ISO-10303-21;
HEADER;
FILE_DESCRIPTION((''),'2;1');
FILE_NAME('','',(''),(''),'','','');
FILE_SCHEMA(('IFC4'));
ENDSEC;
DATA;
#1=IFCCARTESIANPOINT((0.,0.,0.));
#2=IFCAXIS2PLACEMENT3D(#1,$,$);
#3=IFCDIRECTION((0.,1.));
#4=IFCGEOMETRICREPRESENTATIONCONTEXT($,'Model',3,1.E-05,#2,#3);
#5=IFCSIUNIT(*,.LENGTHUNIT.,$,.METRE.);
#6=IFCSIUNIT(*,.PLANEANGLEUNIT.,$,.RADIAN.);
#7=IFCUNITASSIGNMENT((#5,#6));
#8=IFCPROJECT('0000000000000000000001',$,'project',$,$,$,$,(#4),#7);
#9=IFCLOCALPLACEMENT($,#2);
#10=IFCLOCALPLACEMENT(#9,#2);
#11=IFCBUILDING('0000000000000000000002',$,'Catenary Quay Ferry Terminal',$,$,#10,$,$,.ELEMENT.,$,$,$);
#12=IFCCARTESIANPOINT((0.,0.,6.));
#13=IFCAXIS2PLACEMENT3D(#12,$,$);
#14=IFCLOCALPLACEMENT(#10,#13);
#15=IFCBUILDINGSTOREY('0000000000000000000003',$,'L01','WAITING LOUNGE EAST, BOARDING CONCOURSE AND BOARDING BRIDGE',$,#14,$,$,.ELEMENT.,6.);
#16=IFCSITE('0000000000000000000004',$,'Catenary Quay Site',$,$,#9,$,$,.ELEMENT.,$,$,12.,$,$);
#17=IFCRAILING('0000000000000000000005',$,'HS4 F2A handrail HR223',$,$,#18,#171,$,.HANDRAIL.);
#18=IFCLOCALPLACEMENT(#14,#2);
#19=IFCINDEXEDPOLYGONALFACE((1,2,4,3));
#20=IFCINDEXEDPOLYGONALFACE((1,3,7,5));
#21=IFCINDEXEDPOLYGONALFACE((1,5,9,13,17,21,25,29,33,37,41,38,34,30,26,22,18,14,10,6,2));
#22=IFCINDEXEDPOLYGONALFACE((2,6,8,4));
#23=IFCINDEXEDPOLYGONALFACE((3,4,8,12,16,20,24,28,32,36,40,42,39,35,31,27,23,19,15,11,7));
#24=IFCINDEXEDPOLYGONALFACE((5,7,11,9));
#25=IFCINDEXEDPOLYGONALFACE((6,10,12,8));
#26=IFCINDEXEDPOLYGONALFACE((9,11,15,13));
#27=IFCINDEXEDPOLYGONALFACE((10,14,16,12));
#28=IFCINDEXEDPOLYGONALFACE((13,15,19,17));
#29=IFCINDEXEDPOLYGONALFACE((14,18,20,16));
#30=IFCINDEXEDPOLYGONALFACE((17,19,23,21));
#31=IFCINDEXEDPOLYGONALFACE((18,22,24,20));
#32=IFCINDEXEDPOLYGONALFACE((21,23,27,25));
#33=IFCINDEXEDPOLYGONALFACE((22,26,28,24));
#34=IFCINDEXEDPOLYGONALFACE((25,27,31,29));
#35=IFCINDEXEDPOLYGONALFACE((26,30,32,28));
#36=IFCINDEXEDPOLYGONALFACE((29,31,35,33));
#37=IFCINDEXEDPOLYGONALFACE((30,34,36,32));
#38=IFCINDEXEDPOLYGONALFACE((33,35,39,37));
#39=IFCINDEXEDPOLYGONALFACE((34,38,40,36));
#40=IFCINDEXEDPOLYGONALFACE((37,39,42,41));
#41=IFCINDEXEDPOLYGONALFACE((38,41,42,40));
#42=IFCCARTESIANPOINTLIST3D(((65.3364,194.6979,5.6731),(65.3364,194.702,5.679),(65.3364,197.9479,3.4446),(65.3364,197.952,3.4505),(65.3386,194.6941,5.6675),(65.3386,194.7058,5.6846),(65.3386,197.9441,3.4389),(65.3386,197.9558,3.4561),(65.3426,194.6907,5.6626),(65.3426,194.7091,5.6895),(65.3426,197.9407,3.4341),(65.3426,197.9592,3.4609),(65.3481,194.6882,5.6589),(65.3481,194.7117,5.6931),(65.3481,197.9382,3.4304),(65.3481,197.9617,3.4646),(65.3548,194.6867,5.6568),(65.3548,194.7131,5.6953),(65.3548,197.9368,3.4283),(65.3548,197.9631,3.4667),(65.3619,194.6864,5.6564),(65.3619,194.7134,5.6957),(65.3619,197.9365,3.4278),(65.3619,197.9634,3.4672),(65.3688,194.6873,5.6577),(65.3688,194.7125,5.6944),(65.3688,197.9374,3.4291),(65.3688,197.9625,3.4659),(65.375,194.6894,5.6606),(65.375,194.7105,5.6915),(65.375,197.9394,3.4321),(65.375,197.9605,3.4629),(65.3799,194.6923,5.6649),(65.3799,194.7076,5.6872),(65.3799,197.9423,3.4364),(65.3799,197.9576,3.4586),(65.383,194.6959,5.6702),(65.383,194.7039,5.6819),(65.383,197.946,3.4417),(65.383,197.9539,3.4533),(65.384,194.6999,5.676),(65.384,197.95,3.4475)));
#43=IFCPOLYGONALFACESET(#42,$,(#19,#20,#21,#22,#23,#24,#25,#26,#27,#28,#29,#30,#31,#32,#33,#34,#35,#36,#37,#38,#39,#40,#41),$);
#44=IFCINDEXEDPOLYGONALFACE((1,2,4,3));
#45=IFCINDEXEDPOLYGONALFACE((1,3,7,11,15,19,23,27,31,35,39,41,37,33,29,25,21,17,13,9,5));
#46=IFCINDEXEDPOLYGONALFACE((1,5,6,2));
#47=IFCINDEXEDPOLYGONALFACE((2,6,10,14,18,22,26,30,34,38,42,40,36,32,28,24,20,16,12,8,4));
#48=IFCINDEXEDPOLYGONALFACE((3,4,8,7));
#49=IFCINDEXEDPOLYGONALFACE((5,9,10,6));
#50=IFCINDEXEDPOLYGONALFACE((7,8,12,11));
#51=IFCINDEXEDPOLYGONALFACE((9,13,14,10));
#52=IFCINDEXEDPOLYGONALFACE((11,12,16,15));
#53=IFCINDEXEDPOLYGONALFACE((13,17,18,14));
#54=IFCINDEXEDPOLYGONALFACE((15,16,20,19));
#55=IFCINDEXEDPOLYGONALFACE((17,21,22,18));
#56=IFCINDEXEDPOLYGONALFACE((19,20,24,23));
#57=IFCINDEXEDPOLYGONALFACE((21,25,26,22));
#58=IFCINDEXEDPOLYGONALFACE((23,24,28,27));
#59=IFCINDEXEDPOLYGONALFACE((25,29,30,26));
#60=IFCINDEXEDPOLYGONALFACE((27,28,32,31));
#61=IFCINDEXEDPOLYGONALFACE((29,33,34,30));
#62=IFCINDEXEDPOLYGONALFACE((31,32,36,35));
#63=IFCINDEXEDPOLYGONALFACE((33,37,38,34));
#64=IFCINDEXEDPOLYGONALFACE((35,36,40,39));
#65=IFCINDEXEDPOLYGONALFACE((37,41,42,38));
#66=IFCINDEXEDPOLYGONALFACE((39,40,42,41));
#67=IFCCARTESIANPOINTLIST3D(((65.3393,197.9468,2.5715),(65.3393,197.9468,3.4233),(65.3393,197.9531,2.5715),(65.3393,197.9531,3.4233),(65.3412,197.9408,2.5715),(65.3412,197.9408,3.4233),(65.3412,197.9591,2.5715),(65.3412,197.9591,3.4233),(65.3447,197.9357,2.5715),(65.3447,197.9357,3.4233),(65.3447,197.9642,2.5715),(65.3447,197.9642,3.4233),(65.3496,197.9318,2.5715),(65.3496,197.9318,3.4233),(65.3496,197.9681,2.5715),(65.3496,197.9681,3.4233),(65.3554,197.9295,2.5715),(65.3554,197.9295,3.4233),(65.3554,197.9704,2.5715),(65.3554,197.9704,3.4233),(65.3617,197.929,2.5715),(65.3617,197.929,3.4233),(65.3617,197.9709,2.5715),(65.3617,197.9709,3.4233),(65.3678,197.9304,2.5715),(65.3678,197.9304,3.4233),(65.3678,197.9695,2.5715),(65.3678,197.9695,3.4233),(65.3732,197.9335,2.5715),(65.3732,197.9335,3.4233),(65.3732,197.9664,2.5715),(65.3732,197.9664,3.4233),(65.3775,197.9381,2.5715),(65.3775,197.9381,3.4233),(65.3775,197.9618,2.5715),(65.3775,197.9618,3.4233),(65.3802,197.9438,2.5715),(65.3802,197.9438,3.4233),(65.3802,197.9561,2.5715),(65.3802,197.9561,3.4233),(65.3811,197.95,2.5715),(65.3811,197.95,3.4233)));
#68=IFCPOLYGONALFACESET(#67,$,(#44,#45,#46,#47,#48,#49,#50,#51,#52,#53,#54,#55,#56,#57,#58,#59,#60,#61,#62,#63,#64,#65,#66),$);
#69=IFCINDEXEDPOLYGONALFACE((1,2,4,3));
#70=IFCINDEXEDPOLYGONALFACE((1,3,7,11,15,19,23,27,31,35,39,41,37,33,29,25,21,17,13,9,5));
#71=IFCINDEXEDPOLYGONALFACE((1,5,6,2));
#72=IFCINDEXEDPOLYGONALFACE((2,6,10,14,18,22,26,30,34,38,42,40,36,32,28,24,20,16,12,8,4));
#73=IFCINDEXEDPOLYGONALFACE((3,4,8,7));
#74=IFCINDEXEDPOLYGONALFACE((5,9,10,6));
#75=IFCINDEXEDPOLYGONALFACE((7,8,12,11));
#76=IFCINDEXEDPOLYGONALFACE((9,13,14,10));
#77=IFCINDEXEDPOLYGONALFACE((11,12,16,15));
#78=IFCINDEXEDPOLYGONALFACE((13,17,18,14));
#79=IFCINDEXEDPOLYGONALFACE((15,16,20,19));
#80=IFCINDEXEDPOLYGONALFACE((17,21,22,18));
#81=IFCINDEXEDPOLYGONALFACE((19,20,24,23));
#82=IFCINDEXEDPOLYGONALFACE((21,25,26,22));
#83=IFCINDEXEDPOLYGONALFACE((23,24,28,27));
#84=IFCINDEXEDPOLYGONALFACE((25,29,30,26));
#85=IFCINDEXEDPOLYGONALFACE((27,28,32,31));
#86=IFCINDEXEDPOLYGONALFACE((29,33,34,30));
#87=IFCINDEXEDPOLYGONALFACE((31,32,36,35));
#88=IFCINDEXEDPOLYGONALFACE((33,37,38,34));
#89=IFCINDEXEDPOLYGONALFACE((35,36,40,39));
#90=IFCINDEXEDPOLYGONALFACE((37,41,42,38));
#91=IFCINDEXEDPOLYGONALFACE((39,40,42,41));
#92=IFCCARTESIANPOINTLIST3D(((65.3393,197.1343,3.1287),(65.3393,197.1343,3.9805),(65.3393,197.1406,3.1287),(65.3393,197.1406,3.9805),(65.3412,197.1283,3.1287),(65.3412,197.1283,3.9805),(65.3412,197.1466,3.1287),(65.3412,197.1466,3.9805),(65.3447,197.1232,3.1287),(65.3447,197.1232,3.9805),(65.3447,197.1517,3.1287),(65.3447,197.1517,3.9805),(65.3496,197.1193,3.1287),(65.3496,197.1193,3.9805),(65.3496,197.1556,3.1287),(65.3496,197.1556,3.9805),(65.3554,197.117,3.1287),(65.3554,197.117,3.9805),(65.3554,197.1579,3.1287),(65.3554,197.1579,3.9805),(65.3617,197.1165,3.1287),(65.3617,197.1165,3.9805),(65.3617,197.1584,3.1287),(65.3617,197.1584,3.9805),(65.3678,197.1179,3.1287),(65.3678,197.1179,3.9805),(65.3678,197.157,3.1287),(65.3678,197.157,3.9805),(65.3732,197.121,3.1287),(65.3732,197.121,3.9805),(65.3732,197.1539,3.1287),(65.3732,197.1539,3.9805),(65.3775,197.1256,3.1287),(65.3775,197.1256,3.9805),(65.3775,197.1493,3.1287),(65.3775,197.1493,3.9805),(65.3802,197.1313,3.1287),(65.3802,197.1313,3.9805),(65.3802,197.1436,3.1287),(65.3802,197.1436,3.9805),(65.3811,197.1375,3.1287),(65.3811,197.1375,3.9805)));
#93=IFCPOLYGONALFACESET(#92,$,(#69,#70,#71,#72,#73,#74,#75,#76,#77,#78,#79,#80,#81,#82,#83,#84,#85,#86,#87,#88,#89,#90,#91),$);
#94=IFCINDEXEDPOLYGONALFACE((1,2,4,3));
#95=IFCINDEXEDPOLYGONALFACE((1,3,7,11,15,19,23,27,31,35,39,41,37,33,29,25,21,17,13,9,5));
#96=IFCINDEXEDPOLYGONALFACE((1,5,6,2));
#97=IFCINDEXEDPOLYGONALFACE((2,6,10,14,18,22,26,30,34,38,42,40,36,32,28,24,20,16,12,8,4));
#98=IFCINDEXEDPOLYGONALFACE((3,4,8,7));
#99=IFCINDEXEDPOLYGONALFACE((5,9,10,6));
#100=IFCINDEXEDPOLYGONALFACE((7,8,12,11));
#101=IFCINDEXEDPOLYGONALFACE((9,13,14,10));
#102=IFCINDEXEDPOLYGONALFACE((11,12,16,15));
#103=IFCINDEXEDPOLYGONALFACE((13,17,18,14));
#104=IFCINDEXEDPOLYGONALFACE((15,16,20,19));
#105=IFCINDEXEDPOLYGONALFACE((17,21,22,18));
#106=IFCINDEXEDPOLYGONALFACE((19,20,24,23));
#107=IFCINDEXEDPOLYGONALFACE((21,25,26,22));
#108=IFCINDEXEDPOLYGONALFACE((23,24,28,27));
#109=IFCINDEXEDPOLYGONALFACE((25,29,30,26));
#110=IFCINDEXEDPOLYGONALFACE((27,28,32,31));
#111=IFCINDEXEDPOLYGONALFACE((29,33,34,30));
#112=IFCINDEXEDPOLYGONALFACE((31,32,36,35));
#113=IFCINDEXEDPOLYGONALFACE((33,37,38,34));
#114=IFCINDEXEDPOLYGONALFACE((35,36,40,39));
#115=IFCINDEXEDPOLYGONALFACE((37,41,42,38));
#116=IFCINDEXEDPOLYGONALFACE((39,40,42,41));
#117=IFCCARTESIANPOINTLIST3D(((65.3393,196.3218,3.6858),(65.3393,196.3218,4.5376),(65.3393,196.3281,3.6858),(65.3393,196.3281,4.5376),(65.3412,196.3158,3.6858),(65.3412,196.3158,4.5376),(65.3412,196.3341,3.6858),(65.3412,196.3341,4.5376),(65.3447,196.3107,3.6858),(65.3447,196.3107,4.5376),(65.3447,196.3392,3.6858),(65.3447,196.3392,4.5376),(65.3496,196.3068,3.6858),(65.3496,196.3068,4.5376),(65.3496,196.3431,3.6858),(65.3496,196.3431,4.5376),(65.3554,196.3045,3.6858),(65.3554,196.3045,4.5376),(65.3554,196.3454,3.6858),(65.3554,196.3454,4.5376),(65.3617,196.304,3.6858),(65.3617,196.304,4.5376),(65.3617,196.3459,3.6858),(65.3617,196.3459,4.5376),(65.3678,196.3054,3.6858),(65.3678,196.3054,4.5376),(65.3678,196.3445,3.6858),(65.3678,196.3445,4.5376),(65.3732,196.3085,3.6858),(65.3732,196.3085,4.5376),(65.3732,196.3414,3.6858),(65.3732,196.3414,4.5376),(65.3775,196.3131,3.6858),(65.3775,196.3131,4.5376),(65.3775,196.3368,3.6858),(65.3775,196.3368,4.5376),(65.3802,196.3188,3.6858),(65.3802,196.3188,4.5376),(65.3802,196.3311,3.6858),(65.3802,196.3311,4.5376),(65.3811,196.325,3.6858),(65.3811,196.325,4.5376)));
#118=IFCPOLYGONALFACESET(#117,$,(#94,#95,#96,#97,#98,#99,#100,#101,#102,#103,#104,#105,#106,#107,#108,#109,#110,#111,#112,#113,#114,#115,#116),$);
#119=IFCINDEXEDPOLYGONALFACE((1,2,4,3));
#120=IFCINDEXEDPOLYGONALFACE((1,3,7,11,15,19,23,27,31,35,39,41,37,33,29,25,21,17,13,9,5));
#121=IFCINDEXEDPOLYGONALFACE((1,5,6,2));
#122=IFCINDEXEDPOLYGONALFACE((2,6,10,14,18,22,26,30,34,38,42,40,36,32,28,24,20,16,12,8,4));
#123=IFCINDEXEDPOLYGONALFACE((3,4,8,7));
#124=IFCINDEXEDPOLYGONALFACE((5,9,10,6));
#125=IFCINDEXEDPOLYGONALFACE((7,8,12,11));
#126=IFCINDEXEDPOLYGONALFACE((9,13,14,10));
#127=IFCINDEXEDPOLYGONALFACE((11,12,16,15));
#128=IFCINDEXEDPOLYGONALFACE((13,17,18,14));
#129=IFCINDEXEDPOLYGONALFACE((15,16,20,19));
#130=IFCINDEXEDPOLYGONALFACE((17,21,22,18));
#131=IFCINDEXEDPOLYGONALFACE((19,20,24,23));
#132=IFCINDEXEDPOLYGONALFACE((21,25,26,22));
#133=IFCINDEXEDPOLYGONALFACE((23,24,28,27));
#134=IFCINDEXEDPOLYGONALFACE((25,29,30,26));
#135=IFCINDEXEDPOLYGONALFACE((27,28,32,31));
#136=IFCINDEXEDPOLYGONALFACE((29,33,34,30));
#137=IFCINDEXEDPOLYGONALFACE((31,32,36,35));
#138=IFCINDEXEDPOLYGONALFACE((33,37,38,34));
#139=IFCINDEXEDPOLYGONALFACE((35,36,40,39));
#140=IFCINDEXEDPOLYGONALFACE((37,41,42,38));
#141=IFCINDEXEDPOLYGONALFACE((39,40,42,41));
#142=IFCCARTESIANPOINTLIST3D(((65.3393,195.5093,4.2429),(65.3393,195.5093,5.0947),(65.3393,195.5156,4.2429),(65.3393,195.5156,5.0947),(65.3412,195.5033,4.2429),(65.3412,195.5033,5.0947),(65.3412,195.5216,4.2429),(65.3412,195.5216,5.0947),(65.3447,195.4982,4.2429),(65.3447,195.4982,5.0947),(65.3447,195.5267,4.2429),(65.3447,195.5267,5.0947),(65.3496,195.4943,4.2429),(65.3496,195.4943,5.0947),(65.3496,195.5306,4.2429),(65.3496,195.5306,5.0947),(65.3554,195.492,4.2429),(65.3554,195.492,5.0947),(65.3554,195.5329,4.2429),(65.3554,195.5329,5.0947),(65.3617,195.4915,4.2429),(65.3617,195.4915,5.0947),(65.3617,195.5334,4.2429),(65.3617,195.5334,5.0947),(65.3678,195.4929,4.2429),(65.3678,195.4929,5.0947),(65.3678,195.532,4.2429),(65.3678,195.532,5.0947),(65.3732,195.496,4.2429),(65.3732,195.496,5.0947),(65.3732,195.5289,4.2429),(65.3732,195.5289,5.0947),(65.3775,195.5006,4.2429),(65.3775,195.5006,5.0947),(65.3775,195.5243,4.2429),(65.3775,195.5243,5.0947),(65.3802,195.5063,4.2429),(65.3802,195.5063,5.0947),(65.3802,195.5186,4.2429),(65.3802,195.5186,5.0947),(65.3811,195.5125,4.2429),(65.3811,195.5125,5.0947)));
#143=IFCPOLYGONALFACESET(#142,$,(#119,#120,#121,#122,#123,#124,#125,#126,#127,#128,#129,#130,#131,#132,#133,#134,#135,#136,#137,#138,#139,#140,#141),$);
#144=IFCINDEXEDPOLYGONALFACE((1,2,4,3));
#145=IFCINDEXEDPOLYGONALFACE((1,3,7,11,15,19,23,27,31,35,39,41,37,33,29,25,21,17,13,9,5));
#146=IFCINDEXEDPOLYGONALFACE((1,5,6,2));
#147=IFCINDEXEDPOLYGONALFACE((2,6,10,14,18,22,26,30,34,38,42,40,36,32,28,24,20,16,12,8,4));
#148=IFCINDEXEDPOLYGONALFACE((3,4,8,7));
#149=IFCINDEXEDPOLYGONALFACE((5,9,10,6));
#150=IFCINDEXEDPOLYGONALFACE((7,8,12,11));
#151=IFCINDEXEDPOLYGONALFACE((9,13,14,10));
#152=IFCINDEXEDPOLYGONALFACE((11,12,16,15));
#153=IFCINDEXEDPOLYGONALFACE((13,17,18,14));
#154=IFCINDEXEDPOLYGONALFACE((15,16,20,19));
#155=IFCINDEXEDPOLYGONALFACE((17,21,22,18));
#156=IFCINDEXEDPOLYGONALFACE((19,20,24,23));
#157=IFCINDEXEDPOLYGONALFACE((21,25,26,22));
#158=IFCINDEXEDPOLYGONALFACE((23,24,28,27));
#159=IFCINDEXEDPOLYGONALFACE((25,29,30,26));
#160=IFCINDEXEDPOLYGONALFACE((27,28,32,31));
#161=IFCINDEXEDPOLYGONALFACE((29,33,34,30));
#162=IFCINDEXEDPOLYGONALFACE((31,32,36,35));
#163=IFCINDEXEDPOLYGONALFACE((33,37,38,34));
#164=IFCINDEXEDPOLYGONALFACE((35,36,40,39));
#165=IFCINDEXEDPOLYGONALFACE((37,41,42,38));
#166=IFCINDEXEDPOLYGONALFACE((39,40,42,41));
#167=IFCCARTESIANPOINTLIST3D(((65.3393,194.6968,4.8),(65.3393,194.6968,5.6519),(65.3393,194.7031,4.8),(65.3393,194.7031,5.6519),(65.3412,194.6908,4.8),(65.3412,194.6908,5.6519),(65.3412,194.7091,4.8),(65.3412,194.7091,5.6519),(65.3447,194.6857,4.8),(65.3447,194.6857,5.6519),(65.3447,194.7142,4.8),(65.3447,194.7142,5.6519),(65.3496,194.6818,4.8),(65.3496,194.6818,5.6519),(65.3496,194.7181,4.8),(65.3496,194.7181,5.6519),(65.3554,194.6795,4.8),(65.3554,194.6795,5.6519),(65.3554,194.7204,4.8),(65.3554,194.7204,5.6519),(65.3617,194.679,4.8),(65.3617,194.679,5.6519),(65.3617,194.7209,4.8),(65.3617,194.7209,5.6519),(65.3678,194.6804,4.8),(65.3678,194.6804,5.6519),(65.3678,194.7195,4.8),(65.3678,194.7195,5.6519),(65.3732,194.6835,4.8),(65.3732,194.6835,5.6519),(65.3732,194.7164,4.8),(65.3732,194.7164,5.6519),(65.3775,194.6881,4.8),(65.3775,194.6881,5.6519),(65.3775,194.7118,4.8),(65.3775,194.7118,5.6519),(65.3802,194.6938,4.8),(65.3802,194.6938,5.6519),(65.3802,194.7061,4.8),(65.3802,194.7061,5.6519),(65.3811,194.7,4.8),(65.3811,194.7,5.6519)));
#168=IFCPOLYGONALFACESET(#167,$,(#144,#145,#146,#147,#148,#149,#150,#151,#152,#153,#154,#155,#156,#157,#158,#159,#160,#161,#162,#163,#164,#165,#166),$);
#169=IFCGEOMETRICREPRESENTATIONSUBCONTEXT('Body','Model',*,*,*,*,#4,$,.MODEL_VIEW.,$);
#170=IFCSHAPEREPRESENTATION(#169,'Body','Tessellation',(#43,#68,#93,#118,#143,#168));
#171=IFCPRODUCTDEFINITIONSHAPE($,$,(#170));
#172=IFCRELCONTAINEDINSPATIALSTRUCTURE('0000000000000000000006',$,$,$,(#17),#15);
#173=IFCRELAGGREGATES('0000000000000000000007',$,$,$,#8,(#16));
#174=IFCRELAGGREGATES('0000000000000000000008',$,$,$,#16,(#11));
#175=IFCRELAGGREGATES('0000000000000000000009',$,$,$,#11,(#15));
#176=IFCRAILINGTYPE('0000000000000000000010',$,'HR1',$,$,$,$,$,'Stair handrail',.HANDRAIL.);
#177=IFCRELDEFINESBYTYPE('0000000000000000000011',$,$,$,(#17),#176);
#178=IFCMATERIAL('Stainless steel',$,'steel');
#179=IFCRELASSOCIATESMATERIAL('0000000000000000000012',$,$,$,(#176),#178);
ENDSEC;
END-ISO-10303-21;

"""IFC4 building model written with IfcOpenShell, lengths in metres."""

from ifc_helpers import new_model, si_unit, direction, frame, origin, origin_2d, place, context, subcontext, project, spatial, circle, extrude, material, type_object, element, save


model = new_model("IFC4")

# Units and contexts
model_context = context("Model", 3, precision=1e-05, world=origin(), true_north=direction((0.0, 1.0)))
body_context = subcontext(model_context, "Body", "Model", "MODEL_VIEW")
ifc_project = project(units=[si_unit("LENGTHUNIT", "METRE"), si_unit("PLANEANGLEUNIT", "RADIAN")], contexts=[model_context])

# Site, building, storey
site_placement = place(None, origin())
site = spatial("IfcSite", under=ifc_project, at=site_placement, Name="Catenary Quay Site", CompositionType="ELEMENT", RefElevation=12.0)
building_placement = place(site_placement, origin())
building = spatial("IfcBuilding", under=site, at=building_placement, Name="Catenary Quay Ferry Terminal", CompositionType="ELEMENT")
storey_placement = place(building_placement, frame((0.0, 0.0, 6.0)))
storey = spatial("IfcBuildingStorey", under=building, at=storey_placement, Name="L01", Description="WAITING LOUNGE EAST, BOARDING CONCOURSE AND BOARDING BRIDGE", CompositionType="ELEMENT", Elevation=6.0)

# Railing
ifc_material_1 = material(Name="Stainless steel", Category="steel")
railing_type_1 = type_object("IfcRailingType", Name="HR1", ElementType="Stair handrail", PredefinedType="HANDRAIL", material=ifc_material_1)
for number, where, name in (
    (1, (65.3601, 197.95, 2.5715), "HS4 F2A handrail HR223"),
):
    element("IfcRailing", number, at=place(storey_placement, frame(where)), inside=storey, type_object=railing_type_1, Name=name, PredefinedType="HANDRAIL", context=body_context, shape_type="SweptSolid", body=[
        extrude(circle(Radius=0.0239, at=origin_2d()), frame((0.0, 0.0, 0.876), z_axis=(0.0, -0.824735, 0.565519), x_axis=(1.0, 0.0, 0.0)), (0.0, 0.0, 1.0), 3.9407),
        extrude(circle(Radius=0.021, at=origin_2d()), origin(), (0.0, 0.0, 1.0), 0.8518),
        extrude(circle(Radius=0.021, at=origin_2d()), frame((0.0, -0.8125, 0.5571)), (0.0, 0.0, 1.0), 0.8518),
        extrude(circle(Radius=0.021, at=origin_2d()), frame((0.0, -1.625, 1.1143)), (0.0, 0.0, 1.0), 0.8518),
        extrude(circle(Radius=0.021, at=origin_2d()), frame((0.0, -2.4375, 1.6714)), (0.0, 0.0, 1.0), 0.8518),
        extrude(circle(Radius=0.021, at=origin_2d()), frame((0.0, -3.25, 2.2285)), (0.0, 0.0, 1.0), 0.8518),
    ])

save(model, "model.ifc")
